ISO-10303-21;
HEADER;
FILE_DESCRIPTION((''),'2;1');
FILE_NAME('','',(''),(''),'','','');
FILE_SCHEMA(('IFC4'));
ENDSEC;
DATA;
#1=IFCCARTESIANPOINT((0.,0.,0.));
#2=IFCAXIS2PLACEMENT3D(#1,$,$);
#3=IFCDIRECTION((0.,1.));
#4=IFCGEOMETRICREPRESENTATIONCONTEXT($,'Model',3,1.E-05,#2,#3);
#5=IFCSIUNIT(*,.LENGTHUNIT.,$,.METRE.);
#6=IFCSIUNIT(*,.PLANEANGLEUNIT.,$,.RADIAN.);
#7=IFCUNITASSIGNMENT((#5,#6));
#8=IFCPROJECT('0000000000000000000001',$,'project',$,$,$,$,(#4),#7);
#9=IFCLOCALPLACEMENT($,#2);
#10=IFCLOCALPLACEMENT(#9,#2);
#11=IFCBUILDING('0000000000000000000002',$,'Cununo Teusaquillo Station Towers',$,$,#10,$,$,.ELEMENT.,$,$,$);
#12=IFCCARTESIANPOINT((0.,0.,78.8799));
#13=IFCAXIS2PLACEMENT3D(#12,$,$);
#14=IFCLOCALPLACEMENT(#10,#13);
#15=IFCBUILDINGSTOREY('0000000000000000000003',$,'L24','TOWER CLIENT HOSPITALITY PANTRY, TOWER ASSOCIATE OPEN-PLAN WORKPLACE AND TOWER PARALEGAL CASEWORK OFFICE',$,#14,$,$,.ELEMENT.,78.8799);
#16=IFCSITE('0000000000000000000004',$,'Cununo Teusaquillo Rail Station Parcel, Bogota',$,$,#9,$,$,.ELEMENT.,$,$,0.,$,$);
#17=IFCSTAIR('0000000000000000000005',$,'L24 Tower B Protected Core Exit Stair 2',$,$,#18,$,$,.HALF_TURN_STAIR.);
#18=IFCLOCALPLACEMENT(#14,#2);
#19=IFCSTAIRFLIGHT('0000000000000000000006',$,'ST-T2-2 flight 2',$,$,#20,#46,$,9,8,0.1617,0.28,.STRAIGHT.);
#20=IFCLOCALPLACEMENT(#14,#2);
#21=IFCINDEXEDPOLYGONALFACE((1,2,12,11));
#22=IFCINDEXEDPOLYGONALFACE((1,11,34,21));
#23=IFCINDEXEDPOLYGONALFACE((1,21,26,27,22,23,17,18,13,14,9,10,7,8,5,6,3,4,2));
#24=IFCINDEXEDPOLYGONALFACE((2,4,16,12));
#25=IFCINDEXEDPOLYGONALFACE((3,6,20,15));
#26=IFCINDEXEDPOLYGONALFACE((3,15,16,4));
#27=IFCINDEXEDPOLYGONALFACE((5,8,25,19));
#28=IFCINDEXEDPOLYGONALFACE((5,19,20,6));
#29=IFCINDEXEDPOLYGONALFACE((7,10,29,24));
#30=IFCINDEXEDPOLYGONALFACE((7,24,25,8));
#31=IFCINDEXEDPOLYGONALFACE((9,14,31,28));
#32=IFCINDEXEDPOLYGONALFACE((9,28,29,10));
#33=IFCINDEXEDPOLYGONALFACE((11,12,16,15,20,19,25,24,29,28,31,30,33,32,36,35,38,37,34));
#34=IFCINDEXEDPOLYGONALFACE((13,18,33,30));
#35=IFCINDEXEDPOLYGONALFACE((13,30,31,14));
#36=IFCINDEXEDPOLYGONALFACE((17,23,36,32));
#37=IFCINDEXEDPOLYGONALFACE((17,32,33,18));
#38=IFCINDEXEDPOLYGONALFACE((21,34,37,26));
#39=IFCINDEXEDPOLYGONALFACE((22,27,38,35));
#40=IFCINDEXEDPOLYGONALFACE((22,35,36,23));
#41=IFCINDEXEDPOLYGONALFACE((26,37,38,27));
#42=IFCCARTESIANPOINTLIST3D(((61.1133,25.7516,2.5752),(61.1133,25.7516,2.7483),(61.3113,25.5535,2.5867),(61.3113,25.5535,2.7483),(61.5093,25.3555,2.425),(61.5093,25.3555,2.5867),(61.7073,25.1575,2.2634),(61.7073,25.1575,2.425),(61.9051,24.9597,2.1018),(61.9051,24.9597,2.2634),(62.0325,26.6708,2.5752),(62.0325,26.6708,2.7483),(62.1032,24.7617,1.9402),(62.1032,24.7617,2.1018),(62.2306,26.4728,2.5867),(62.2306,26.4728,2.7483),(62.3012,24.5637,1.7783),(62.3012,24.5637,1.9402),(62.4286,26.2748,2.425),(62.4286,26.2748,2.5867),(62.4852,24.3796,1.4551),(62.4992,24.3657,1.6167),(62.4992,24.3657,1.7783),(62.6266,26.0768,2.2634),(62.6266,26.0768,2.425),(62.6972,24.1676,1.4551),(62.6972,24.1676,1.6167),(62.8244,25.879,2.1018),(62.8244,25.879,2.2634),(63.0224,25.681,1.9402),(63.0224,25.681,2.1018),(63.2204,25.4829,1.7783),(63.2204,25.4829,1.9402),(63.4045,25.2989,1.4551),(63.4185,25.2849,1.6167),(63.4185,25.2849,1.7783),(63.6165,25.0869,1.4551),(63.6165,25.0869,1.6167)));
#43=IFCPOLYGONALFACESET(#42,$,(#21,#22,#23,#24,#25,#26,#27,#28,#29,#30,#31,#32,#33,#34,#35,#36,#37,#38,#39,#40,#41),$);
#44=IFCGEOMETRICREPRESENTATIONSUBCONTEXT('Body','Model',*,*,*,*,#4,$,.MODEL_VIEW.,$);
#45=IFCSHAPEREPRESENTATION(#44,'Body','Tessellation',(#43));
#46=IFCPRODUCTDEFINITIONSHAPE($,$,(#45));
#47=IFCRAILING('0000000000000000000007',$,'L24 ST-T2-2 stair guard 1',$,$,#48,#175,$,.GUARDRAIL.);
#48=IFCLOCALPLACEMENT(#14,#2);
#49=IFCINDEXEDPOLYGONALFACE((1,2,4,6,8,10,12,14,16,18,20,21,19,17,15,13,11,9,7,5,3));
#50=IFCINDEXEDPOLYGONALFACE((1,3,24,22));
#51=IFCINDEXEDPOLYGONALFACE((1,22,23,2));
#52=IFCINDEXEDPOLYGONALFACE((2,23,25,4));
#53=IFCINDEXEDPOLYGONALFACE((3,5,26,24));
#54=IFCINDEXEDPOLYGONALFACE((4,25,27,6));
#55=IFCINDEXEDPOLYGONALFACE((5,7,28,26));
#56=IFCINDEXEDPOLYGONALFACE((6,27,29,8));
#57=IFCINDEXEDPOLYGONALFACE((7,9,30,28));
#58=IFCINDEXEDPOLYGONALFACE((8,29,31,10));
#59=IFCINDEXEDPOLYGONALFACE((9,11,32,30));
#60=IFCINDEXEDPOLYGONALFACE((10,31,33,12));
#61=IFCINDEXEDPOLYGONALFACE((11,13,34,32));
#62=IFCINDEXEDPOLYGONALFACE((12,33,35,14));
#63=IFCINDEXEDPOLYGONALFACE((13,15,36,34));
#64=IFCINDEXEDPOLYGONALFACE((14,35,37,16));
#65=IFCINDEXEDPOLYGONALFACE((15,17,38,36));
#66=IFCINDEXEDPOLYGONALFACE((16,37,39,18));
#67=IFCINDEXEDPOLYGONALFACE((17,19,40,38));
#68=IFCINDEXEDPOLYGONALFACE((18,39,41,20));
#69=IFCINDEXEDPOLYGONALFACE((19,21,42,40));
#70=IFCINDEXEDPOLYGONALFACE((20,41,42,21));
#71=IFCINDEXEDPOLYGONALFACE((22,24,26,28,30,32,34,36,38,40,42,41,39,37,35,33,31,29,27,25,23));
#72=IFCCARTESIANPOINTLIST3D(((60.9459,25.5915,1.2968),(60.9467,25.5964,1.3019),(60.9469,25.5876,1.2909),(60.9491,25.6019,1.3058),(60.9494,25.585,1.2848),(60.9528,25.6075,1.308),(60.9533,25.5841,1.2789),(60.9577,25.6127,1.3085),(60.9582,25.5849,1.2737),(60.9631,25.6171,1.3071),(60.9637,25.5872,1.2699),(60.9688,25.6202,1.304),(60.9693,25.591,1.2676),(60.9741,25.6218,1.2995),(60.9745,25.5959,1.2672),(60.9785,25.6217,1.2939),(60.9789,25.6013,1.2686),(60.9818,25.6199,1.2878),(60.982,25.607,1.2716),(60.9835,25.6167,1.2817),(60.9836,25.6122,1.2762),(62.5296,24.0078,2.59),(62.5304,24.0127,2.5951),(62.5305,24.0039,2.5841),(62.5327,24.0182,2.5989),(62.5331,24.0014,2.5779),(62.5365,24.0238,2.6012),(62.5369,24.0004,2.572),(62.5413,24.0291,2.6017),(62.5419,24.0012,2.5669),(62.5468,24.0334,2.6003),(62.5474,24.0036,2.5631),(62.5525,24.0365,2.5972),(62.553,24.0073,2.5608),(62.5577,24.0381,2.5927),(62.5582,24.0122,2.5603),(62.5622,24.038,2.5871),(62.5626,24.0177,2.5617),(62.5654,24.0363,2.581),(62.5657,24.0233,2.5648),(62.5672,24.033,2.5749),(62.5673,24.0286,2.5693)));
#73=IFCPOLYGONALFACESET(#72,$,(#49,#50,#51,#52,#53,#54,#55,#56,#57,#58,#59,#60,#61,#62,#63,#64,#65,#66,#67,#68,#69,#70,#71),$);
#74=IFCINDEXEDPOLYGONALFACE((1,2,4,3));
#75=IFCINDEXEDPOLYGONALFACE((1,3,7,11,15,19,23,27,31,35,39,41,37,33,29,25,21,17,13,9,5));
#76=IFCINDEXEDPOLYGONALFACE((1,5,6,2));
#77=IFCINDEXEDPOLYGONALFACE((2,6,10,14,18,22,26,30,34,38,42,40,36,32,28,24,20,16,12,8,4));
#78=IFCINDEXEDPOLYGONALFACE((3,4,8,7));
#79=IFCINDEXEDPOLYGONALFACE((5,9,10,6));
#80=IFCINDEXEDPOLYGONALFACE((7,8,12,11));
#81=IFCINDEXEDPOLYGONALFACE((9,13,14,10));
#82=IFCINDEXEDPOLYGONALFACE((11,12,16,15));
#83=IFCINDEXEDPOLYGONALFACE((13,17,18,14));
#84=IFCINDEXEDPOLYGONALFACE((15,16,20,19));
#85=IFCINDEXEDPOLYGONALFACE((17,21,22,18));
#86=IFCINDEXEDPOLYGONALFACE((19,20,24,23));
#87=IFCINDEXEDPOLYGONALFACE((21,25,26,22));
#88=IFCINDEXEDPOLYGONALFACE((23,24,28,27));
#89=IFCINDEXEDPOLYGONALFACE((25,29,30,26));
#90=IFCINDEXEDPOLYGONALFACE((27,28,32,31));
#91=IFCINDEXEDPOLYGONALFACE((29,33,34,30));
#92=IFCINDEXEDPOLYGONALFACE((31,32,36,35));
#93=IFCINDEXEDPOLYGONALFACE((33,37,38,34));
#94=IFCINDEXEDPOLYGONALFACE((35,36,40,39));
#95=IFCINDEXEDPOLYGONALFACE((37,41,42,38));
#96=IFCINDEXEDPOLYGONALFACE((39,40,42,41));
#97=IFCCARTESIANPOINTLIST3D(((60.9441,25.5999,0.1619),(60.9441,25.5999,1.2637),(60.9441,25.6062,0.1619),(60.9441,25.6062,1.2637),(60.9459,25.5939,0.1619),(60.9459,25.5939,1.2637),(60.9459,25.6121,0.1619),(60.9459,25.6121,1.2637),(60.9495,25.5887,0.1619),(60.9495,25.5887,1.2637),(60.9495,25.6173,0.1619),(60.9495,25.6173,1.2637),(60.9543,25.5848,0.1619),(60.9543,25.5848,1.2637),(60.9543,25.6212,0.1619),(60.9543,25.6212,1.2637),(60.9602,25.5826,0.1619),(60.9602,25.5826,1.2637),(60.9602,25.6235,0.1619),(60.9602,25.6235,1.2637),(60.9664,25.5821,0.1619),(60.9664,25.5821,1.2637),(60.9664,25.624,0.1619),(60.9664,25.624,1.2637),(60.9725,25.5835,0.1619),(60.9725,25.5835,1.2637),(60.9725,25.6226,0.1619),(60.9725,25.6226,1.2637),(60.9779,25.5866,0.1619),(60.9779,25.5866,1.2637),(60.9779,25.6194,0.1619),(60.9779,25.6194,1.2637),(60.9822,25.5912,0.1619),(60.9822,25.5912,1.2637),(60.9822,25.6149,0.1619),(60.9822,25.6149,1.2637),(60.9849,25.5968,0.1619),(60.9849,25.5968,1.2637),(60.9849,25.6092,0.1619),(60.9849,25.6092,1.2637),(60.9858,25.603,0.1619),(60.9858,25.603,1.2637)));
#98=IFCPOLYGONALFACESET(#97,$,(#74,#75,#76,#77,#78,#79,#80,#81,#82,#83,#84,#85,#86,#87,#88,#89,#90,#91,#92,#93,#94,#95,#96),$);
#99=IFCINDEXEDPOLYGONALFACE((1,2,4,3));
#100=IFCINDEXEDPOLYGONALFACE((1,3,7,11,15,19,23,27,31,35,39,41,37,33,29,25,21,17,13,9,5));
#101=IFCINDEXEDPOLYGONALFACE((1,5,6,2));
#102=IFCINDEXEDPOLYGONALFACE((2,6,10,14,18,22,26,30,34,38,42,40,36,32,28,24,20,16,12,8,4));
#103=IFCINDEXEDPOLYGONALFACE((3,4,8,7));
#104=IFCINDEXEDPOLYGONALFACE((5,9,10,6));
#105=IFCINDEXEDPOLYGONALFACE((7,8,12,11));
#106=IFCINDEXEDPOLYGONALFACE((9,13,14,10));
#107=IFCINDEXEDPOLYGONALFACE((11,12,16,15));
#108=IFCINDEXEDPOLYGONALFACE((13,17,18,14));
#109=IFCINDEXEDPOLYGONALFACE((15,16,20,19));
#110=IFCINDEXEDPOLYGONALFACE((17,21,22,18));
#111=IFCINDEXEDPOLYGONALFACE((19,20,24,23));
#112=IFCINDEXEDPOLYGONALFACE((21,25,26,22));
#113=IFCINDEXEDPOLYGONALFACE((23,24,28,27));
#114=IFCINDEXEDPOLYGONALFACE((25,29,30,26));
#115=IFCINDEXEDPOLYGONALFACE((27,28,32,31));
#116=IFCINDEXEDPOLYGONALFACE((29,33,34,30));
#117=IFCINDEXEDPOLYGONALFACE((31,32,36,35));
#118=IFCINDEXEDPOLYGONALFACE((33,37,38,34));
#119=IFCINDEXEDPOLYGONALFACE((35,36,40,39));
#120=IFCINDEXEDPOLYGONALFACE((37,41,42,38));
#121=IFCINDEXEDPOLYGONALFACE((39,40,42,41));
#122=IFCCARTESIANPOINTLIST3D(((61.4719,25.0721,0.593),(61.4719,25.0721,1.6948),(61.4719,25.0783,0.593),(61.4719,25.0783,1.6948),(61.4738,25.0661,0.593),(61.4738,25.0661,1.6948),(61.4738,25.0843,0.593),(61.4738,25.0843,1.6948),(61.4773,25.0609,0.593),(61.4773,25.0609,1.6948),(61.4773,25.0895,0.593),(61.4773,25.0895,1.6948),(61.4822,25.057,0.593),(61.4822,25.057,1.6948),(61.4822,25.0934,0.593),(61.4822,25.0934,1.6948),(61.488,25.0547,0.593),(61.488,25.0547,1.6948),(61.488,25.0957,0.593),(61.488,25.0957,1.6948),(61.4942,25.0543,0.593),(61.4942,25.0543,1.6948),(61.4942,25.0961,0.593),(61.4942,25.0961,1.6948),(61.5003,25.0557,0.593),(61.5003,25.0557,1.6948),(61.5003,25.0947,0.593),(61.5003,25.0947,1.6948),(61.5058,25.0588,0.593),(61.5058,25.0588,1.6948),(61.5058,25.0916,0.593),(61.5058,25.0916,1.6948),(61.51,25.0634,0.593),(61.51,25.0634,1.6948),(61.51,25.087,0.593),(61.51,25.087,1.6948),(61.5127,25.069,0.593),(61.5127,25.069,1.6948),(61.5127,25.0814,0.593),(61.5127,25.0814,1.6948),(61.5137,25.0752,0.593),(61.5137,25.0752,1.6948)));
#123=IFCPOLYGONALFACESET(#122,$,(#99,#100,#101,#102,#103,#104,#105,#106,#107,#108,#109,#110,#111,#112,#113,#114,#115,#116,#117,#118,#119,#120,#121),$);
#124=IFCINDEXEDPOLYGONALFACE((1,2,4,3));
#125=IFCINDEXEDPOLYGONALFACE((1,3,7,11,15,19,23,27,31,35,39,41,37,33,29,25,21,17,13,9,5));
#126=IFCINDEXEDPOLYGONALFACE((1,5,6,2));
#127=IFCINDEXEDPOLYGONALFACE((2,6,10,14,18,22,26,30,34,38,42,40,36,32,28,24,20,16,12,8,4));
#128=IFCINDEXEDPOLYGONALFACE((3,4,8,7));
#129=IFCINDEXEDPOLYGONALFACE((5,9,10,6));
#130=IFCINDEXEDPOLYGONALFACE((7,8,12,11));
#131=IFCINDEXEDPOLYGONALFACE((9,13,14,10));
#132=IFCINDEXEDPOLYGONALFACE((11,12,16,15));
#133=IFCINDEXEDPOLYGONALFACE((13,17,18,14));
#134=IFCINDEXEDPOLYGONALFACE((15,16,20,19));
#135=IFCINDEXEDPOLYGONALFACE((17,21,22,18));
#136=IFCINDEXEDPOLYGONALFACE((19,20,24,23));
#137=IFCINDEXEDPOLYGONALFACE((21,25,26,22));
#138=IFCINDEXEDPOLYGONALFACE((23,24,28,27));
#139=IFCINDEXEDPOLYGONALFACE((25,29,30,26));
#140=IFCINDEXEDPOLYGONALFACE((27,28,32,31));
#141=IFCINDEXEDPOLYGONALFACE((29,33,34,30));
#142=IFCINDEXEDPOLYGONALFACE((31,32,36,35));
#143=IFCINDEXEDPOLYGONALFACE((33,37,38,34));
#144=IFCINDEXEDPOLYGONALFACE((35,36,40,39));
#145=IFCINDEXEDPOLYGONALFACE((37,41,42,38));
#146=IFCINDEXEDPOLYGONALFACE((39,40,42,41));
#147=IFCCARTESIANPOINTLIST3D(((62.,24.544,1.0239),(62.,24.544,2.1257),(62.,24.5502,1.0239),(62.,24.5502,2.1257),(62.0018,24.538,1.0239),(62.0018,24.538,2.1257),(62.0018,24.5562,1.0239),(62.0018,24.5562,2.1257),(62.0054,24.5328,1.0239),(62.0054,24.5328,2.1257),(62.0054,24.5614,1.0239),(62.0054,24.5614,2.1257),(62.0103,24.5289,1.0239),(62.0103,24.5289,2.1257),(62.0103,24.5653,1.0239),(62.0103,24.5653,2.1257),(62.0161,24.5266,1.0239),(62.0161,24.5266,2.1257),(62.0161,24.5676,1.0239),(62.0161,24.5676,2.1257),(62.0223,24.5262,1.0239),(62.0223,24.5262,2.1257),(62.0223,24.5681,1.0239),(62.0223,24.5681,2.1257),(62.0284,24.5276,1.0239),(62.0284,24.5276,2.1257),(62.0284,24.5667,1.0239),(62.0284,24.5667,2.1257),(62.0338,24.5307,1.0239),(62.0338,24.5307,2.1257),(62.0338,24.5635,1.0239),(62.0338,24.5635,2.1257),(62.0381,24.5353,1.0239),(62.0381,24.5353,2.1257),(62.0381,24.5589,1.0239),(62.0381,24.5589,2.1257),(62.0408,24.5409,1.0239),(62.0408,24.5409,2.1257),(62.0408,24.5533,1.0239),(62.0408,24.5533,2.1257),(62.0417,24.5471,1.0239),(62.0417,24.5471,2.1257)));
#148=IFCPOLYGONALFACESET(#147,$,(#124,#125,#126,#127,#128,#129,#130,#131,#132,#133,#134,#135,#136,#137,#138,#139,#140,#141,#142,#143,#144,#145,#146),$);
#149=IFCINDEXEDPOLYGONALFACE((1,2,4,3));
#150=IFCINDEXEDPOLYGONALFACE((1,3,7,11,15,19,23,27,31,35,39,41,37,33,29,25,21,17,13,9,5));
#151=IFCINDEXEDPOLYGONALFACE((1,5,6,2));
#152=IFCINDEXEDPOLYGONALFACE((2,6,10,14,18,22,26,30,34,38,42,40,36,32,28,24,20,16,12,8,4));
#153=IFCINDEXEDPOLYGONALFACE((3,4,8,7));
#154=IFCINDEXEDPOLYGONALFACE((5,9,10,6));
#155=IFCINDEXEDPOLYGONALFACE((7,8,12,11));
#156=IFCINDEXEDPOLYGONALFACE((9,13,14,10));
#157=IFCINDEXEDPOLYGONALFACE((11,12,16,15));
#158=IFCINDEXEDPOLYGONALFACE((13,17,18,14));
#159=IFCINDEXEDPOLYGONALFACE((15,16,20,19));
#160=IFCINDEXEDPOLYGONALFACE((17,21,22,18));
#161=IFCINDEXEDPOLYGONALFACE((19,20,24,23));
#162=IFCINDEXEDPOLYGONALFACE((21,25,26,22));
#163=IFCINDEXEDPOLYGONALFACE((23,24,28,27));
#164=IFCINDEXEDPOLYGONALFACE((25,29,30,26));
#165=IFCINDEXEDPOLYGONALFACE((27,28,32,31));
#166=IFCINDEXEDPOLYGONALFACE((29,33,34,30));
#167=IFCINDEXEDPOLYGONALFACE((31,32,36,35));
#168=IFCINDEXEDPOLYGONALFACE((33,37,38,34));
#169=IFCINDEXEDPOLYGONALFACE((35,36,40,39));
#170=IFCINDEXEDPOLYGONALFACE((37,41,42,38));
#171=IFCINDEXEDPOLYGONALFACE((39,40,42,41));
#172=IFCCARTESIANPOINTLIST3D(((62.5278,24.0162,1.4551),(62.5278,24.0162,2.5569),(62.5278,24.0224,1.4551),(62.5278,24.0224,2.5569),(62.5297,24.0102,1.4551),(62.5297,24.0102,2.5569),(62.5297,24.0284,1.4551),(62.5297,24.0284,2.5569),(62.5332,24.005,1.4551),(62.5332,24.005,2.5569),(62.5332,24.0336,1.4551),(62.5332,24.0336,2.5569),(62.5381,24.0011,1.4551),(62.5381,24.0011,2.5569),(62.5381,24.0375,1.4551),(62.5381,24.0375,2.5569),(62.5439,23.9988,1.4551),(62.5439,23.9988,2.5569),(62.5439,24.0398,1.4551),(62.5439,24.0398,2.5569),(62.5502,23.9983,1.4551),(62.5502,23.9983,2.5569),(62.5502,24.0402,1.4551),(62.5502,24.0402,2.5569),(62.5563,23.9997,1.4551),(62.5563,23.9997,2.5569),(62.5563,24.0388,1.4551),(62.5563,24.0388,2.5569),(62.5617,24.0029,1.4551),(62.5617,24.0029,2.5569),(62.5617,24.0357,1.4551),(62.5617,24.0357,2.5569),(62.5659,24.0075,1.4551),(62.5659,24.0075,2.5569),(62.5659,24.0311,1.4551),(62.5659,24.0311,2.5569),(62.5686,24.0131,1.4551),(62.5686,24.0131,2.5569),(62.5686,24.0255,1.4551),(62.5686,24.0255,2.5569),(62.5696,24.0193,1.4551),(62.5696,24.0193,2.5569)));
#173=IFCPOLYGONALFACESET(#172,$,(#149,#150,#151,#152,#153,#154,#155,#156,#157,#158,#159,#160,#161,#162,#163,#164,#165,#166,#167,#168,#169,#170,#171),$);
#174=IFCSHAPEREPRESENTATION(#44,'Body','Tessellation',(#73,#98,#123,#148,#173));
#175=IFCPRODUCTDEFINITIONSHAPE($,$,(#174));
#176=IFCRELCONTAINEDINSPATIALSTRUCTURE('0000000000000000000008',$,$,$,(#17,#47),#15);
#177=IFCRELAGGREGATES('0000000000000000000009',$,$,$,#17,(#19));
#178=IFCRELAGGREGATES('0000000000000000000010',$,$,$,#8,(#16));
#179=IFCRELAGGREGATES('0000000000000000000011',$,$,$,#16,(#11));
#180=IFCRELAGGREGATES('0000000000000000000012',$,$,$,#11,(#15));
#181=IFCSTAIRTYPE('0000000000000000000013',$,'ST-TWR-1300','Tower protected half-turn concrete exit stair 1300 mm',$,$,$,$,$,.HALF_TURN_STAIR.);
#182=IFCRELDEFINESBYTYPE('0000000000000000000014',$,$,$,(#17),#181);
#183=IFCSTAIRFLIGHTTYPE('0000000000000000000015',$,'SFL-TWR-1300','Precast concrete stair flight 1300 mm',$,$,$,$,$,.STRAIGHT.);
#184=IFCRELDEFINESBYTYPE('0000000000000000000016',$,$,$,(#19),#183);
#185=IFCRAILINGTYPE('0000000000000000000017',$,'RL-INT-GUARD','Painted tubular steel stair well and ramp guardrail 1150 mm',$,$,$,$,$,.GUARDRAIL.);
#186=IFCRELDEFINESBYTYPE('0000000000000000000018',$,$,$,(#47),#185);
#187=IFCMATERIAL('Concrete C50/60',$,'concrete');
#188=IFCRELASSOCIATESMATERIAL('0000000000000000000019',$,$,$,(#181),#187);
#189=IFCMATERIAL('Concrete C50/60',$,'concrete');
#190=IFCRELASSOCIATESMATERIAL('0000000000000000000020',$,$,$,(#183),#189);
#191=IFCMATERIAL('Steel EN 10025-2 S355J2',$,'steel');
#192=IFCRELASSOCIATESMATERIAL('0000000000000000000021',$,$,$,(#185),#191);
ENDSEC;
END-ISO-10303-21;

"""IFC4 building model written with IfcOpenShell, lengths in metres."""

from ifc_helpers import new_model, si_unit, direction, frame, origin, origin_2d, place, context, subcontext, project, spatial, polyline, circle, outline, extrude, material, type_object, element, aggregate, save


model = new_model("IFC4")

# Units and contexts
model_context = context("Model", 3, precision=1e-05, world=origin(), true_north=direction((0.0, 1.0)))
body_context = subcontext(model_context, "Body", "Model", "MODEL_VIEW")
ifc_project = project(units=[si_unit("LENGTHUNIT", "METRE"), si_unit("PLANEANGLEUNIT", "RADIAN")], contexts=[model_context])

# Site, building, storey
site_placement = place(None, origin())
site = spatial("IfcSite", under=ifc_project, at=site_placement, Name="Cununo Teusaquillo Rail Station Parcel, Bogota", CompositionType="ELEMENT", RefElevation=0.0)
building_placement = place(site_placement, origin())
building = spatial("IfcBuilding", under=site, at=building_placement, Name="Cununo Teusaquillo Station Towers", CompositionType="ELEMENT")
storey_placement = place(building_placement, frame((0.0, 0.0, 78.8799)))
storey = spatial("IfcBuildingStorey", under=building, at=storey_placement, Name="L24", Description="TOWER CLIENT HOSPITALITY PANTRY, TOWER ASSOCIATE OPEN-PLAN WORKPLACE AND TOWER PARALEGAL CASEWORK OFFICE", CompositionType="ELEMENT", Elevation=78.8799)

# Stair, stair flight
ifc_material_1 = material(Name="Concrete C50/60", Category="concrete")
stair_type = type_object("IfcStairType", Name="ST-TWR-1300", Description="Tower protected half-turn concrete exit stair 1300 mm", PredefinedType="HALF_TURN_STAIR", material=ifc_material_1)
stair_placement = place(storey_placement, origin())
stair = element("IfcStair", 1, at=stair_placement, inside=storey, type_object=stair_type, Name="L24 Tower B Protected Core Exit Stair 2", PredefinedType="HALF_TURN_STAIR")
ifc_material_2 = material(Name="Concrete C50/60", Category="concrete")
stair_flight_type = type_object("IfcStairFlightType", Name="SFL-TWR-1300", Description="Precast concrete stair flight 1300 mm", PredefinedType="STRAIGHT", material=ifc_material_2)
stair_flight_1_placement = place(storey_placement, frame((63.1567, 24.6272, 1.4551), z_axis=(0.0, 0.0, 1.0), x_axis=(-0.707107, 0.707107, 0.0)))
stair_flight_1 = element("IfcStairFlight", 2, at=stair_flight_1_placement, type_object=stair_flight_type, Name="ST-T2-2 flight 2", NumberOfRisers=9, NumberOfTreads=8, PredefinedType="STRAIGHT", RiserHeight=0.1617, TreadLength=0.28, context=body_context, shape_type="SweptSolid", body=[
    extrude(outline(polyline([(0.0, 0.0), (0.0, 0.1616), (0.28, 0.1616), (0.28, 0.3232), (0.5601, 0.3232), (0.5601, 0.4851), (0.8401, 0.4851), (0.8401, 0.6467), (1.1201, 0.6467), (1.1201, 0.8083), (1.3999, 0.8083), (1.3999, 0.97), (1.6799, 0.97), (1.6799, 1.1316), (1.96, 1.1316), (1.96, 1.2932), (2.24, 1.2932), (2.24, 1.4551), (2.24, 1.1201), (0.2998, 0.0), (0.0, 0.0)])), frame((0.0, 0.6499, 0.0), z_axis=(0.0, -1.0, 0.0), x_axis=(1.0, 0.0, 0.0)), (0.0, 0.0, 1.0), 1.3),
])
aggregate(stair, [stair_flight_1])

# Railing
ifc_material_3 = material(Name="Steel EN 10025-2 S355J2", Category="steel")
railing_type_1 = type_object("IfcRailingType", Name="RL-INT-GUARD", Description="Painted tubular steel stair well and ramp guardrail 1150 mm", PredefinedType="GUARDRAIL", material=ifc_material_3)
railing_1_placement = place(storey_placement, frame((60.9648, 25.603, 0.1619)))
element("IfcRailing", 3, at=railing_1_placement, inside=storey, type_object=railing_type_1, Name="L24 ST-T2-2 stair guard 1", PredefinedType="GUARDRAIL", context=body_context, shape_type="SweptSolid", body=[
    extrude(circle(Radius=0.0239, at=origin_2d()), frame((0.0, 0.0, 1.126), z_axis=(0.612361, -0.612361, 0.500027), x_axis=(0.707107, 0.707107, 0.0)), (0.0, 0.0, 1.0), 2.5862),
    extrude(circle(Radius=0.021, at=origin_2d()), origin(), (0.0, 0.0, 1.0), 1.1018),
    extrude(circle(Radius=0.021, at=origin_2d()), frame((0.5278, -0.5278, 0.4312)), (0.0, 0.0, 1.0), 1.1018),
    extrude(circle(Radius=0.021, at=origin_2d()), frame((1.0559, -1.0559, 0.8621)), (0.0, 0.0, 1.0), 1.1018),
    extrude(circle(Radius=0.021, at=origin_2d()), frame((1.5837, -1.5837, 1.2932)), (0.0, 0.0, 1.0), 1.1018),
])

save(model, "model.ifc")
